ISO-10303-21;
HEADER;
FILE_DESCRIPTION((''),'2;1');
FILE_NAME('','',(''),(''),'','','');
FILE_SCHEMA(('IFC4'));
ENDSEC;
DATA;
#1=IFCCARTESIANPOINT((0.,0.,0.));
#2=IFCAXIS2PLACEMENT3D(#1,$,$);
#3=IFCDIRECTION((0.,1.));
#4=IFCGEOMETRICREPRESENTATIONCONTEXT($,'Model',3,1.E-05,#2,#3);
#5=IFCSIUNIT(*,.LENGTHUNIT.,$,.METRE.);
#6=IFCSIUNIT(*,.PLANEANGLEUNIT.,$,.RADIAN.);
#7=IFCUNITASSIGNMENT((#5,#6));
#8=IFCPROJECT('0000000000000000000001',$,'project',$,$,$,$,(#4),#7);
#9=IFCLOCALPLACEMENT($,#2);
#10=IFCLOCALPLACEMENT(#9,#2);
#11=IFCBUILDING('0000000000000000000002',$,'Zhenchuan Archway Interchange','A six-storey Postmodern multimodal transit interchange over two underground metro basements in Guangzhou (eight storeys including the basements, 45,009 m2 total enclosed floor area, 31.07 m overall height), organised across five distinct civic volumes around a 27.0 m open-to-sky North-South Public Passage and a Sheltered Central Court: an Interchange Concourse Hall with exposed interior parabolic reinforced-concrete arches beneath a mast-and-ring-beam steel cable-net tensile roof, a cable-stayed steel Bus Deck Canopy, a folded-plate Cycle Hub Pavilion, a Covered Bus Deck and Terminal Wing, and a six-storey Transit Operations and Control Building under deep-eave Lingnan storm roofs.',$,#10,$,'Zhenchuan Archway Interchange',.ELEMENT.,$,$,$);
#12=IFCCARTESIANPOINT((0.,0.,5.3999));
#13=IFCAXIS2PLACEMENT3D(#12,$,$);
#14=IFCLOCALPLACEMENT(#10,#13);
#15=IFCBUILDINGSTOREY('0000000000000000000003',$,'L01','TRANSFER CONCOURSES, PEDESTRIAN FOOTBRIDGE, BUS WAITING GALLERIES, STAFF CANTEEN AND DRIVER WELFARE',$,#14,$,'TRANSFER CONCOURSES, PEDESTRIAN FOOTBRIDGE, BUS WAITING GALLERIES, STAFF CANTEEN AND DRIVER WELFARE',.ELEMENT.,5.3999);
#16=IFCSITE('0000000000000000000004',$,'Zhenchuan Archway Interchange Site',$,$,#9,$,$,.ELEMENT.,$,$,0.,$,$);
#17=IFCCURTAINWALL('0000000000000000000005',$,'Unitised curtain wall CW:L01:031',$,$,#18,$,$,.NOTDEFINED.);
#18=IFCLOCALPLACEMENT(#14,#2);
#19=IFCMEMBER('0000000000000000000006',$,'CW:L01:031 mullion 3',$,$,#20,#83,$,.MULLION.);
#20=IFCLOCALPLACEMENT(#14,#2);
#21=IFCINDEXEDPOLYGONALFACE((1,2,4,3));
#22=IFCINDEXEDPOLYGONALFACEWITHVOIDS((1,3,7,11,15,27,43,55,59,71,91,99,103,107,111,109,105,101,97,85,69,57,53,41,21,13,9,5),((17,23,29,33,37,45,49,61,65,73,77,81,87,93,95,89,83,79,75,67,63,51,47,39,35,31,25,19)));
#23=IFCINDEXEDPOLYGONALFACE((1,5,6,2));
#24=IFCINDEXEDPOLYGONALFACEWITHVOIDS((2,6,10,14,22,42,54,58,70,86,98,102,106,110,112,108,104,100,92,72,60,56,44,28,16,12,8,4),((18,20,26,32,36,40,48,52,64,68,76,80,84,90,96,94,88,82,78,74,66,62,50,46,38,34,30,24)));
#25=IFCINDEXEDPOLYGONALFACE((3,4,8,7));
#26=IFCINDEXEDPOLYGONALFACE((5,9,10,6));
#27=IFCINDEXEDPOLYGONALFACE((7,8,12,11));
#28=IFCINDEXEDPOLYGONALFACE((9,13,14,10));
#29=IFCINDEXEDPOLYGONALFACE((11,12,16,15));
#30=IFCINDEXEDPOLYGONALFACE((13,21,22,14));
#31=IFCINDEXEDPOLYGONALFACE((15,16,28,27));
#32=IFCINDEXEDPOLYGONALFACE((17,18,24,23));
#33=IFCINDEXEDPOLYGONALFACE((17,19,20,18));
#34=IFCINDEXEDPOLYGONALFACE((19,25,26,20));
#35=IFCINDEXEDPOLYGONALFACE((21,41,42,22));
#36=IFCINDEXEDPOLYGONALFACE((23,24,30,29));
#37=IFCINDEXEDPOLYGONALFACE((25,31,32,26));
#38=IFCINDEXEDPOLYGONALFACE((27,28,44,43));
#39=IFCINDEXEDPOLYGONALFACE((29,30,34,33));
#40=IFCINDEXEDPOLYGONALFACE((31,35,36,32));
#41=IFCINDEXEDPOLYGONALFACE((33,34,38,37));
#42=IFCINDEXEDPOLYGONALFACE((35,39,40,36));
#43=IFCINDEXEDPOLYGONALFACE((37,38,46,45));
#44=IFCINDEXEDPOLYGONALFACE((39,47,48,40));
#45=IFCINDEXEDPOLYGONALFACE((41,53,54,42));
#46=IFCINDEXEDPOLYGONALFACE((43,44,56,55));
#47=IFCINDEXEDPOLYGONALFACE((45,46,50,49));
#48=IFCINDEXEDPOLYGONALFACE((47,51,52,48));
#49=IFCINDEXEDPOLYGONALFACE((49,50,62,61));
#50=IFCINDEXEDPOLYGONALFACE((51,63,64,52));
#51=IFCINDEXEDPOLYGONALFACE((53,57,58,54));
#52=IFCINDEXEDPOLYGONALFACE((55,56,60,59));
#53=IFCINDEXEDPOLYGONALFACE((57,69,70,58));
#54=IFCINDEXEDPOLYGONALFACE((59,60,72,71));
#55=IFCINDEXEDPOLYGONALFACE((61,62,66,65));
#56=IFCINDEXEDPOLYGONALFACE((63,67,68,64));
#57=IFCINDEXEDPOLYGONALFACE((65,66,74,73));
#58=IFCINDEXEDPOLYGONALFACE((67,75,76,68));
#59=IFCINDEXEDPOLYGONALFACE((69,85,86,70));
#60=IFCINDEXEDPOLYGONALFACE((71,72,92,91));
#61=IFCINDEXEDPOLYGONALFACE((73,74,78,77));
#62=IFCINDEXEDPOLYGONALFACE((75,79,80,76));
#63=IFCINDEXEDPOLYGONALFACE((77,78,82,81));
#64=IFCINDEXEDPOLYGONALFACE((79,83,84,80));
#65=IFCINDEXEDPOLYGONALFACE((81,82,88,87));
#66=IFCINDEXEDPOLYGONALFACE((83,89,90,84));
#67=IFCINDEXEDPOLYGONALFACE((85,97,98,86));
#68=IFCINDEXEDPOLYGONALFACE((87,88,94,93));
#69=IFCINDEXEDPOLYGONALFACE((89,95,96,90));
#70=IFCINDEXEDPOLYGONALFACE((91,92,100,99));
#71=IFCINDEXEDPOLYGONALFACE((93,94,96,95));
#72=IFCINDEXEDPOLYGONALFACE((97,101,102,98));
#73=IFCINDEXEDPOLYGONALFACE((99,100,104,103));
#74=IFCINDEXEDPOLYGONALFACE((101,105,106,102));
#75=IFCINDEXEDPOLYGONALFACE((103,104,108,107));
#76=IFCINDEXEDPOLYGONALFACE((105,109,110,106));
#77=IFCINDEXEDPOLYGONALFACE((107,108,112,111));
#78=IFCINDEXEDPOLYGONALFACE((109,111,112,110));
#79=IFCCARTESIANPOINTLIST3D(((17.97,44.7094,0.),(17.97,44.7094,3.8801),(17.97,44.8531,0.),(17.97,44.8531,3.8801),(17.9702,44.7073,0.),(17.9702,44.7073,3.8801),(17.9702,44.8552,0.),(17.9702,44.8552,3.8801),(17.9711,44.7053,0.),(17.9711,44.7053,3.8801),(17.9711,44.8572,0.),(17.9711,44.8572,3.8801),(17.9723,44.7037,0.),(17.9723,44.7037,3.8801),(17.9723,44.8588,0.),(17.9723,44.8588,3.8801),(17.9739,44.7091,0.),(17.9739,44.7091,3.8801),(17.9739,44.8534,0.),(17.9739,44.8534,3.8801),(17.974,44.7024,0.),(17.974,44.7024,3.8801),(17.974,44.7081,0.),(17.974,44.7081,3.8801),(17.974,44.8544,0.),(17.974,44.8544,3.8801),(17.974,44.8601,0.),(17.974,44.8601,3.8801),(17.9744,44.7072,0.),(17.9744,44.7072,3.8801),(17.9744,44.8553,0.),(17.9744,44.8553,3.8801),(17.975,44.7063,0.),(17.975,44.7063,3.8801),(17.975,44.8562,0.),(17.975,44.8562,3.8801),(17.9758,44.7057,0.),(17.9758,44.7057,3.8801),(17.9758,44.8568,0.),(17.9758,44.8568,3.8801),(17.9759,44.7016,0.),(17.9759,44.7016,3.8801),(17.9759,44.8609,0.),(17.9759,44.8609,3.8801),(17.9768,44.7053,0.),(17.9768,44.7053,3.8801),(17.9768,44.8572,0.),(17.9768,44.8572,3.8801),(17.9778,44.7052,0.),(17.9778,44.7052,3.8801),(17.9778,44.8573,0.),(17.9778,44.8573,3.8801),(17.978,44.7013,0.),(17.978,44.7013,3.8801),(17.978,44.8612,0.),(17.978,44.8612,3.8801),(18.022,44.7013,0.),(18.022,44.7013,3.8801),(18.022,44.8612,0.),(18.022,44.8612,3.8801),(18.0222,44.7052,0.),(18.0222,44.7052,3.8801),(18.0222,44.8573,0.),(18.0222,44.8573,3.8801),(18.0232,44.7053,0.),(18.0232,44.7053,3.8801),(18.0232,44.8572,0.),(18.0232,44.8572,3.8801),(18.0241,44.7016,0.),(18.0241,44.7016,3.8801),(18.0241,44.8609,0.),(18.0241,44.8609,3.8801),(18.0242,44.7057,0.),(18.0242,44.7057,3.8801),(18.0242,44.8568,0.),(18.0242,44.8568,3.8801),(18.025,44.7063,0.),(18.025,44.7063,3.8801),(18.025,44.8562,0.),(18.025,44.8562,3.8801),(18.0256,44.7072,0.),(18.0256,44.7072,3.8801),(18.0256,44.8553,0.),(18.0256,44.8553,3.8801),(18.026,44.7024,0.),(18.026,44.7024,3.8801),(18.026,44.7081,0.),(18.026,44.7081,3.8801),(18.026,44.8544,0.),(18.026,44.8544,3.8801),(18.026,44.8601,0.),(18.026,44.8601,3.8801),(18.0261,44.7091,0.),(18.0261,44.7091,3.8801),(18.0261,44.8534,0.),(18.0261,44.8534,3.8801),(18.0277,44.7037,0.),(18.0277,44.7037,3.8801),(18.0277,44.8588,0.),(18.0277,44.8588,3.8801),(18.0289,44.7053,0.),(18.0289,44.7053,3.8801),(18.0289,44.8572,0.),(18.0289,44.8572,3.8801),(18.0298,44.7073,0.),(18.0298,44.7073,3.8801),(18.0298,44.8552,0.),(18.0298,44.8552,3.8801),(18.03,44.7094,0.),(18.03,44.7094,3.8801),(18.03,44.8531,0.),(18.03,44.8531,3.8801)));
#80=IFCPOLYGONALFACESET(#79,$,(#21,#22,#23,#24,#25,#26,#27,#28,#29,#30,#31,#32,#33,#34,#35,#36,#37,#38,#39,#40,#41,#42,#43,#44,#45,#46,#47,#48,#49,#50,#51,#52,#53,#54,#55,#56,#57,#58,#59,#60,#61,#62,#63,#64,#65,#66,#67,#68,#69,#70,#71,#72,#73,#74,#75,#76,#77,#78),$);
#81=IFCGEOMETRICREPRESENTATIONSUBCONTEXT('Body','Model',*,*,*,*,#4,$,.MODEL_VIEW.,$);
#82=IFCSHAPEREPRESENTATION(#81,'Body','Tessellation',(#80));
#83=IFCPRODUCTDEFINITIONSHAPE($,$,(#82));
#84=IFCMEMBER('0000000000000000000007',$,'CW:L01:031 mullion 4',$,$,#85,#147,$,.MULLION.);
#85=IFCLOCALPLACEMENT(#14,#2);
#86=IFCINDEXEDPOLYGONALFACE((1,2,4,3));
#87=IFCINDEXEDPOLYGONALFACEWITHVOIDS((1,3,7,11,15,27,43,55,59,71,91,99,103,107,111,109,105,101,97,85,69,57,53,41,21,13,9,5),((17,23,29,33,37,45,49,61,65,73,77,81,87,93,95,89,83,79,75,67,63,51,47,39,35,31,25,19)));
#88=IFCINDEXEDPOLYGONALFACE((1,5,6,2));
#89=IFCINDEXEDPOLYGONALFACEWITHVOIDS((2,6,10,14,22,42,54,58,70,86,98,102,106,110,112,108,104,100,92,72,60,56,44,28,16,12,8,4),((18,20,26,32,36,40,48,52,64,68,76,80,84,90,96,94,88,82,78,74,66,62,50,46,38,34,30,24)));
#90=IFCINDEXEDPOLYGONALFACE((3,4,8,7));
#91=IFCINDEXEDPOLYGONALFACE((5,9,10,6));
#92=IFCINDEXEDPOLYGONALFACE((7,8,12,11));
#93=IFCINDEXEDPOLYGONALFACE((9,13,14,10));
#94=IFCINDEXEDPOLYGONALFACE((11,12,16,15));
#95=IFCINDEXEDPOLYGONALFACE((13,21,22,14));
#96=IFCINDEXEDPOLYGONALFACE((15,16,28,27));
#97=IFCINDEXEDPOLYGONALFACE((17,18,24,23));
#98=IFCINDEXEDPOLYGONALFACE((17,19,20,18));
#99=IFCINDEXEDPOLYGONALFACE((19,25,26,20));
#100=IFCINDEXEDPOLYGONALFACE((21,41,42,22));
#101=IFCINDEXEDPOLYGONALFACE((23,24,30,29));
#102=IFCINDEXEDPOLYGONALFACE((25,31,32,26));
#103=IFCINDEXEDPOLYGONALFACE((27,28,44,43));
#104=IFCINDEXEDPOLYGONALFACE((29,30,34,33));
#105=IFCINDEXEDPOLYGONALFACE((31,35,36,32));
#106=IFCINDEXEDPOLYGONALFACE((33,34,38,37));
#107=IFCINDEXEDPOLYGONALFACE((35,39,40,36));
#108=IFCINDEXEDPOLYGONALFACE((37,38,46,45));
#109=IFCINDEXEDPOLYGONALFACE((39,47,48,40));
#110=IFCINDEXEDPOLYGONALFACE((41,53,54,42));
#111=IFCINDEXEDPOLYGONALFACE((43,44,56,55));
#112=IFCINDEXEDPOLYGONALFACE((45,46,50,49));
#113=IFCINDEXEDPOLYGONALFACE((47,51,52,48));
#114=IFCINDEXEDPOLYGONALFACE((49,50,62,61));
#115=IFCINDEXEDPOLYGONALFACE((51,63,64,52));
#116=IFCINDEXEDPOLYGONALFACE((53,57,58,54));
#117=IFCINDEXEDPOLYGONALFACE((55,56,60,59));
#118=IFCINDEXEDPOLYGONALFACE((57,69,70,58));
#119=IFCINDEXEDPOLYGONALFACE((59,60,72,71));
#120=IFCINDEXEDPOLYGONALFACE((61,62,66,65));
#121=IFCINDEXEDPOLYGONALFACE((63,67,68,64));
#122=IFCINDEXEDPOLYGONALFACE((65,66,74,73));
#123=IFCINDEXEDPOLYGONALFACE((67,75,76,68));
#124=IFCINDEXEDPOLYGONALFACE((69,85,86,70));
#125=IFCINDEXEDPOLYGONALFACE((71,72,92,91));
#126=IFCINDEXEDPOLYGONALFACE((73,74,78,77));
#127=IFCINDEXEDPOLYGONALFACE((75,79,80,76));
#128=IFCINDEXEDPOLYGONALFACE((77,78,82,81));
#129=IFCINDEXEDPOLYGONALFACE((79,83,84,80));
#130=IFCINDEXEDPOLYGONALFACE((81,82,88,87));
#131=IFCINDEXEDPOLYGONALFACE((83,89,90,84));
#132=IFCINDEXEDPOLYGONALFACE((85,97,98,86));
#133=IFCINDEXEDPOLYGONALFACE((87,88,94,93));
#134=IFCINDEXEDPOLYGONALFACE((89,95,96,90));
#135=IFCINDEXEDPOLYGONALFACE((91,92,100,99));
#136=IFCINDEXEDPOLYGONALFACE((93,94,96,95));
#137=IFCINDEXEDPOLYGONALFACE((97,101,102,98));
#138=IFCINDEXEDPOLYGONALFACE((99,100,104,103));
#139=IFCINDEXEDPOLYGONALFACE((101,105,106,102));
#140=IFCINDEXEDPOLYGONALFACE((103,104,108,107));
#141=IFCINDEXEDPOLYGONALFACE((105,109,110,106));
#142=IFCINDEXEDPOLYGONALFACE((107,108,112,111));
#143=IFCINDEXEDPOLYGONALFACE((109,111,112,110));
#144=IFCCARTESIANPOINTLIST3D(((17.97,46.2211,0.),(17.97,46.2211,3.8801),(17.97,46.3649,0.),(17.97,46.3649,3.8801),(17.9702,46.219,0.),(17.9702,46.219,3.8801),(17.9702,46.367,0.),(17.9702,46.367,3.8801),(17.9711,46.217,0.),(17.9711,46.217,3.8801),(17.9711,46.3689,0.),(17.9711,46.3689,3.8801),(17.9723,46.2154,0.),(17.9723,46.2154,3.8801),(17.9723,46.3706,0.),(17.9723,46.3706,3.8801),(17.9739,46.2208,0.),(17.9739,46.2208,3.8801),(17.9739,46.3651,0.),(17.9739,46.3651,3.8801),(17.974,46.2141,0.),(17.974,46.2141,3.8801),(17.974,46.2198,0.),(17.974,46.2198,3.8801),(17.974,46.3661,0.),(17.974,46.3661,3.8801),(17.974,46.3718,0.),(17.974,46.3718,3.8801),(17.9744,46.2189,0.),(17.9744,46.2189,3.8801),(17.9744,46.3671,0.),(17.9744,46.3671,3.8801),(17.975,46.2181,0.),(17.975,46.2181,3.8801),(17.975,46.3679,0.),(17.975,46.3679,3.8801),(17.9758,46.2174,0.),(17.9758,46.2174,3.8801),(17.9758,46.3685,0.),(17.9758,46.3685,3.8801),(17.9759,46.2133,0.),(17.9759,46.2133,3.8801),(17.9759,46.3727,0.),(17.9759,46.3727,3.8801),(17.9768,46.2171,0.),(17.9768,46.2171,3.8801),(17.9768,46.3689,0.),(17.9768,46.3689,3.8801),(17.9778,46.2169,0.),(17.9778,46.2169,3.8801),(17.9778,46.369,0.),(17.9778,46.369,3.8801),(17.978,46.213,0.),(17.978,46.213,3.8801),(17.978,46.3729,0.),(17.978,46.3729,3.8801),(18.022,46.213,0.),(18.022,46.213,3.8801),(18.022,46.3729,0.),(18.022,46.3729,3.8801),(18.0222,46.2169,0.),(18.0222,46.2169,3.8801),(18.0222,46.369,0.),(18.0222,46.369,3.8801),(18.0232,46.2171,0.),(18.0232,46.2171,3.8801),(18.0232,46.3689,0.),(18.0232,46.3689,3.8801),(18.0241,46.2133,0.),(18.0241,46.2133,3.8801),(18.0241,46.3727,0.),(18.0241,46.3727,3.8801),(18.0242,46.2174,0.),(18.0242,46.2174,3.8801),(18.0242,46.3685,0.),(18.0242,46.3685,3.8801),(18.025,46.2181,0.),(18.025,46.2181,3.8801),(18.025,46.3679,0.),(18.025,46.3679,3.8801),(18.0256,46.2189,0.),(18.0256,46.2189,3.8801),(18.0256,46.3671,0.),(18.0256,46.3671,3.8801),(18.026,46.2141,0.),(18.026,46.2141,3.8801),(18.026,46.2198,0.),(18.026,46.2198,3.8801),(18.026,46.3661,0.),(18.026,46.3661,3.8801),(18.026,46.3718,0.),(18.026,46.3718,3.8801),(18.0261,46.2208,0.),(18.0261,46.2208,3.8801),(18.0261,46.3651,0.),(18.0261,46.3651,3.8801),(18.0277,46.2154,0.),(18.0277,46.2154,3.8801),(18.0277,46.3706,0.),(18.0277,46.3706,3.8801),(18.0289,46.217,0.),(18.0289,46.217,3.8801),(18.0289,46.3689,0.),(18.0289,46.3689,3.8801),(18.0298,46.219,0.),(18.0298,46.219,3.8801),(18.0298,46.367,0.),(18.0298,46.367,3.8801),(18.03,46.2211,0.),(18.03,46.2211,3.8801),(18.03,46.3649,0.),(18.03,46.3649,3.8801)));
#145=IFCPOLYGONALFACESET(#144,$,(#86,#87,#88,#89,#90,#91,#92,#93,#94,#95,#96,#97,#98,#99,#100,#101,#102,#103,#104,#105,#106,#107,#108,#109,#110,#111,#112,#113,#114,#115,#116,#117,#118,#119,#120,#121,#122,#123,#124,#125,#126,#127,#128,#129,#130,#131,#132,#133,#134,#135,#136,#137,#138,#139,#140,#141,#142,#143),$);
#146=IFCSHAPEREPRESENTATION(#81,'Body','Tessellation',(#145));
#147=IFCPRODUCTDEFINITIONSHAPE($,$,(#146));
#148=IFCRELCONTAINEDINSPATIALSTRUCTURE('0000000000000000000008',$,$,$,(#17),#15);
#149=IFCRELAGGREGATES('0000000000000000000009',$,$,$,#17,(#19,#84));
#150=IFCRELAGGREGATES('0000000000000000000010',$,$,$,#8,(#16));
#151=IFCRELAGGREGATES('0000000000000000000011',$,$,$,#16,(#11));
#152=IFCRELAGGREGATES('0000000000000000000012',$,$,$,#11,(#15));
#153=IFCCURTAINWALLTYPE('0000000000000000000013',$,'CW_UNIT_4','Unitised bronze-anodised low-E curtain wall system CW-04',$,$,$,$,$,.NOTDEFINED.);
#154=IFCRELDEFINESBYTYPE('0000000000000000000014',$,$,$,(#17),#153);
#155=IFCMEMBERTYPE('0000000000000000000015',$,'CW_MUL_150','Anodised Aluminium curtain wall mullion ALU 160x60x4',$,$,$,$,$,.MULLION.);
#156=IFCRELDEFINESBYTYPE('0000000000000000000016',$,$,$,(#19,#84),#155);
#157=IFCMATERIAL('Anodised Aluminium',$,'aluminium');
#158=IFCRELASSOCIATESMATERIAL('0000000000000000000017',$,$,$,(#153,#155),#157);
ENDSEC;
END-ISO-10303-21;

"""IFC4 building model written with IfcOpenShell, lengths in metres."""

from ifc_helpers import new_model, si_unit, direction, frame, origin, origin_2d, place, context, subcontext, project, spatial, hollow_rectangle, extrude, material, material_profile, profile_set, type_object, element, aggregate, save


model = new_model("IFC4")

# Units and contexts
model_context = context("Model", 3, precision=1e-05, world=origin(), true_north=direction((0.0, 1.0)))
body_context = subcontext(model_context, "Body", "Model", "MODEL_VIEW")
ifc_project = project(units=[si_unit("LENGTHUNIT", "METRE"), si_unit("PLANEANGLEUNIT", "RADIAN")], contexts=[model_context])

# Site, building, storey
site_placement = place(None, origin())
site = spatial("IfcSite", under=ifc_project, at=site_placement, Name="Zhenchuan Archway Interchange Site", CompositionType="ELEMENT", RefElevation=0.0)
building_placement = place(site_placement, origin())
building = spatial("IfcBuilding", under=site, at=building_placement, Name="Zhenchuan Archway Interchange", Description="A six-storey Postmodern multimodal transit interchange over two underground metro basements in Guangzhou (eight storeys including the basements, 45,009 m2 total enclosed floor area, 31.07 m overall height), organised across five distinct civic volumes around a 27.0 m open-to-sky North-South Public Passage and a Sheltered Central Court: an Interchange Concourse Hall with exposed interior parabolic reinforced-concrete arches beneath a mast-and-ring-beam steel cable-net tensile roof, a cable-stayed steel Bus Deck Canopy, a folded-plate Cycle Hub Pavilion, a Covered Bus Deck and Terminal Wing, and a six-storey Transit Operations and Control Building under deep-eave Lingnan storm roofs.", LongName="Zhenchuan Archway Interchange", CompositionType="ELEMENT")
storey_placement = place(building_placement, frame((0.0, 0.0, 5.3999)))
storey = spatial("IfcBuildingStorey", under=building, at=storey_placement, Name="L01", Description="TRANSFER CONCOURSES, PEDESTRIAN FOOTBRIDGE, BUS WAITING GALLERIES, STAFF CANTEEN AND DRIVER WELFARE", LongName="TRANSFER CONCOURSES, PEDESTRIAN FOOTBRIDGE, BUS WAITING GALLERIES, STAFF CANTEEN AND DRIVER WELFARE", CompositionType="ELEMENT", Elevation=5.3999)

# Curtain wall, members
ifc_material_1 = material(Name="Anodised Aluminium", Category="aluminium")
curtain_wall_type = type_object("IfcCurtainWallType", Name="CW_UNIT_4", Description="Unitised bronze-anodised low-E curtain wall system CW-04", PredefinedType="NOTDEFINED", material=ifc_material_1)
curtain_wall_placement = place(storey_placement, origin())
curtain_wall = element("IfcCurtainWall", 1, at=curtain_wall_placement, inside=storey, type_object=curtain_wall_type, Name="Unitised curtain wall CW:L01:031", PredefinedType="NOTDEFINED")
ifc_material_profile_1 = material_profile(ifc_material_1, hollow_rectangle(XDim=0.0601, YDim=0.1599, WallThickness=0.0039, InnerFilletRadius=0.0039, OuterFilletRadius=0.0081, at=origin_2d()), Name="ALU 160x60x4")
ifc_profile_set_1 = profile_set([ifc_material_profile_1], Name="Anodised Aluminium")
member_type_1 = type_object("IfcMemberType", Name="CW_MUL_150", Description="Anodised Aluminium curtain wall mullion ALU 160x60x4", PredefinedType="MULLION", material=ifc_profile_set_1)
member_1_placement = place(storey_placement, frame((18.0, 44.7812, 0.0), z_axis=(0.0, 0.0, 1.0), x_axis=(1.0, 0.0, 0.0)))
member_1 = element("IfcMember", 2, at=member_1_placement, type_object=member_type_1, Name="CW:L01:031 mullion 3", PredefinedType="MULLION", context=body_context, shape_type="SweptSolid", body=[
    extrude(hollow_rectangle(XDim=0.0601, YDim=0.1599, WallThickness=0.0039, InnerFilletRadius=0.0039, OuterFilletRadius=0.0081, at=origin_2d()), origin(), (0.0, 0.0, 1.0), 3.8801),
])
member_2_placement = place(storey_placement, frame((18.0, 46.293, 0.0), z_axis=(0.0, 0.0, 1.0), x_axis=(1.0, 0.0, 0.0)))
member_2 = element("IfcMember", 3, at=member_2_placement, type_object=member_type_1, Name="CW:L01:031 mullion 4", PredefinedType="MULLION", context=body_context, shape_type="SweptSolid", body=[
    extrude(hollow_rectangle(XDim=0.0601, YDim=0.1599, WallThickness=0.0039, InnerFilletRadius=0.0039, OuterFilletRadius=0.0081, at=origin_2d()), origin(), (0.0, 0.0, 1.0), 3.8801),
])
aggregate(curtain_wall, [member_1, member_2])

save(model, "model.ifc")
